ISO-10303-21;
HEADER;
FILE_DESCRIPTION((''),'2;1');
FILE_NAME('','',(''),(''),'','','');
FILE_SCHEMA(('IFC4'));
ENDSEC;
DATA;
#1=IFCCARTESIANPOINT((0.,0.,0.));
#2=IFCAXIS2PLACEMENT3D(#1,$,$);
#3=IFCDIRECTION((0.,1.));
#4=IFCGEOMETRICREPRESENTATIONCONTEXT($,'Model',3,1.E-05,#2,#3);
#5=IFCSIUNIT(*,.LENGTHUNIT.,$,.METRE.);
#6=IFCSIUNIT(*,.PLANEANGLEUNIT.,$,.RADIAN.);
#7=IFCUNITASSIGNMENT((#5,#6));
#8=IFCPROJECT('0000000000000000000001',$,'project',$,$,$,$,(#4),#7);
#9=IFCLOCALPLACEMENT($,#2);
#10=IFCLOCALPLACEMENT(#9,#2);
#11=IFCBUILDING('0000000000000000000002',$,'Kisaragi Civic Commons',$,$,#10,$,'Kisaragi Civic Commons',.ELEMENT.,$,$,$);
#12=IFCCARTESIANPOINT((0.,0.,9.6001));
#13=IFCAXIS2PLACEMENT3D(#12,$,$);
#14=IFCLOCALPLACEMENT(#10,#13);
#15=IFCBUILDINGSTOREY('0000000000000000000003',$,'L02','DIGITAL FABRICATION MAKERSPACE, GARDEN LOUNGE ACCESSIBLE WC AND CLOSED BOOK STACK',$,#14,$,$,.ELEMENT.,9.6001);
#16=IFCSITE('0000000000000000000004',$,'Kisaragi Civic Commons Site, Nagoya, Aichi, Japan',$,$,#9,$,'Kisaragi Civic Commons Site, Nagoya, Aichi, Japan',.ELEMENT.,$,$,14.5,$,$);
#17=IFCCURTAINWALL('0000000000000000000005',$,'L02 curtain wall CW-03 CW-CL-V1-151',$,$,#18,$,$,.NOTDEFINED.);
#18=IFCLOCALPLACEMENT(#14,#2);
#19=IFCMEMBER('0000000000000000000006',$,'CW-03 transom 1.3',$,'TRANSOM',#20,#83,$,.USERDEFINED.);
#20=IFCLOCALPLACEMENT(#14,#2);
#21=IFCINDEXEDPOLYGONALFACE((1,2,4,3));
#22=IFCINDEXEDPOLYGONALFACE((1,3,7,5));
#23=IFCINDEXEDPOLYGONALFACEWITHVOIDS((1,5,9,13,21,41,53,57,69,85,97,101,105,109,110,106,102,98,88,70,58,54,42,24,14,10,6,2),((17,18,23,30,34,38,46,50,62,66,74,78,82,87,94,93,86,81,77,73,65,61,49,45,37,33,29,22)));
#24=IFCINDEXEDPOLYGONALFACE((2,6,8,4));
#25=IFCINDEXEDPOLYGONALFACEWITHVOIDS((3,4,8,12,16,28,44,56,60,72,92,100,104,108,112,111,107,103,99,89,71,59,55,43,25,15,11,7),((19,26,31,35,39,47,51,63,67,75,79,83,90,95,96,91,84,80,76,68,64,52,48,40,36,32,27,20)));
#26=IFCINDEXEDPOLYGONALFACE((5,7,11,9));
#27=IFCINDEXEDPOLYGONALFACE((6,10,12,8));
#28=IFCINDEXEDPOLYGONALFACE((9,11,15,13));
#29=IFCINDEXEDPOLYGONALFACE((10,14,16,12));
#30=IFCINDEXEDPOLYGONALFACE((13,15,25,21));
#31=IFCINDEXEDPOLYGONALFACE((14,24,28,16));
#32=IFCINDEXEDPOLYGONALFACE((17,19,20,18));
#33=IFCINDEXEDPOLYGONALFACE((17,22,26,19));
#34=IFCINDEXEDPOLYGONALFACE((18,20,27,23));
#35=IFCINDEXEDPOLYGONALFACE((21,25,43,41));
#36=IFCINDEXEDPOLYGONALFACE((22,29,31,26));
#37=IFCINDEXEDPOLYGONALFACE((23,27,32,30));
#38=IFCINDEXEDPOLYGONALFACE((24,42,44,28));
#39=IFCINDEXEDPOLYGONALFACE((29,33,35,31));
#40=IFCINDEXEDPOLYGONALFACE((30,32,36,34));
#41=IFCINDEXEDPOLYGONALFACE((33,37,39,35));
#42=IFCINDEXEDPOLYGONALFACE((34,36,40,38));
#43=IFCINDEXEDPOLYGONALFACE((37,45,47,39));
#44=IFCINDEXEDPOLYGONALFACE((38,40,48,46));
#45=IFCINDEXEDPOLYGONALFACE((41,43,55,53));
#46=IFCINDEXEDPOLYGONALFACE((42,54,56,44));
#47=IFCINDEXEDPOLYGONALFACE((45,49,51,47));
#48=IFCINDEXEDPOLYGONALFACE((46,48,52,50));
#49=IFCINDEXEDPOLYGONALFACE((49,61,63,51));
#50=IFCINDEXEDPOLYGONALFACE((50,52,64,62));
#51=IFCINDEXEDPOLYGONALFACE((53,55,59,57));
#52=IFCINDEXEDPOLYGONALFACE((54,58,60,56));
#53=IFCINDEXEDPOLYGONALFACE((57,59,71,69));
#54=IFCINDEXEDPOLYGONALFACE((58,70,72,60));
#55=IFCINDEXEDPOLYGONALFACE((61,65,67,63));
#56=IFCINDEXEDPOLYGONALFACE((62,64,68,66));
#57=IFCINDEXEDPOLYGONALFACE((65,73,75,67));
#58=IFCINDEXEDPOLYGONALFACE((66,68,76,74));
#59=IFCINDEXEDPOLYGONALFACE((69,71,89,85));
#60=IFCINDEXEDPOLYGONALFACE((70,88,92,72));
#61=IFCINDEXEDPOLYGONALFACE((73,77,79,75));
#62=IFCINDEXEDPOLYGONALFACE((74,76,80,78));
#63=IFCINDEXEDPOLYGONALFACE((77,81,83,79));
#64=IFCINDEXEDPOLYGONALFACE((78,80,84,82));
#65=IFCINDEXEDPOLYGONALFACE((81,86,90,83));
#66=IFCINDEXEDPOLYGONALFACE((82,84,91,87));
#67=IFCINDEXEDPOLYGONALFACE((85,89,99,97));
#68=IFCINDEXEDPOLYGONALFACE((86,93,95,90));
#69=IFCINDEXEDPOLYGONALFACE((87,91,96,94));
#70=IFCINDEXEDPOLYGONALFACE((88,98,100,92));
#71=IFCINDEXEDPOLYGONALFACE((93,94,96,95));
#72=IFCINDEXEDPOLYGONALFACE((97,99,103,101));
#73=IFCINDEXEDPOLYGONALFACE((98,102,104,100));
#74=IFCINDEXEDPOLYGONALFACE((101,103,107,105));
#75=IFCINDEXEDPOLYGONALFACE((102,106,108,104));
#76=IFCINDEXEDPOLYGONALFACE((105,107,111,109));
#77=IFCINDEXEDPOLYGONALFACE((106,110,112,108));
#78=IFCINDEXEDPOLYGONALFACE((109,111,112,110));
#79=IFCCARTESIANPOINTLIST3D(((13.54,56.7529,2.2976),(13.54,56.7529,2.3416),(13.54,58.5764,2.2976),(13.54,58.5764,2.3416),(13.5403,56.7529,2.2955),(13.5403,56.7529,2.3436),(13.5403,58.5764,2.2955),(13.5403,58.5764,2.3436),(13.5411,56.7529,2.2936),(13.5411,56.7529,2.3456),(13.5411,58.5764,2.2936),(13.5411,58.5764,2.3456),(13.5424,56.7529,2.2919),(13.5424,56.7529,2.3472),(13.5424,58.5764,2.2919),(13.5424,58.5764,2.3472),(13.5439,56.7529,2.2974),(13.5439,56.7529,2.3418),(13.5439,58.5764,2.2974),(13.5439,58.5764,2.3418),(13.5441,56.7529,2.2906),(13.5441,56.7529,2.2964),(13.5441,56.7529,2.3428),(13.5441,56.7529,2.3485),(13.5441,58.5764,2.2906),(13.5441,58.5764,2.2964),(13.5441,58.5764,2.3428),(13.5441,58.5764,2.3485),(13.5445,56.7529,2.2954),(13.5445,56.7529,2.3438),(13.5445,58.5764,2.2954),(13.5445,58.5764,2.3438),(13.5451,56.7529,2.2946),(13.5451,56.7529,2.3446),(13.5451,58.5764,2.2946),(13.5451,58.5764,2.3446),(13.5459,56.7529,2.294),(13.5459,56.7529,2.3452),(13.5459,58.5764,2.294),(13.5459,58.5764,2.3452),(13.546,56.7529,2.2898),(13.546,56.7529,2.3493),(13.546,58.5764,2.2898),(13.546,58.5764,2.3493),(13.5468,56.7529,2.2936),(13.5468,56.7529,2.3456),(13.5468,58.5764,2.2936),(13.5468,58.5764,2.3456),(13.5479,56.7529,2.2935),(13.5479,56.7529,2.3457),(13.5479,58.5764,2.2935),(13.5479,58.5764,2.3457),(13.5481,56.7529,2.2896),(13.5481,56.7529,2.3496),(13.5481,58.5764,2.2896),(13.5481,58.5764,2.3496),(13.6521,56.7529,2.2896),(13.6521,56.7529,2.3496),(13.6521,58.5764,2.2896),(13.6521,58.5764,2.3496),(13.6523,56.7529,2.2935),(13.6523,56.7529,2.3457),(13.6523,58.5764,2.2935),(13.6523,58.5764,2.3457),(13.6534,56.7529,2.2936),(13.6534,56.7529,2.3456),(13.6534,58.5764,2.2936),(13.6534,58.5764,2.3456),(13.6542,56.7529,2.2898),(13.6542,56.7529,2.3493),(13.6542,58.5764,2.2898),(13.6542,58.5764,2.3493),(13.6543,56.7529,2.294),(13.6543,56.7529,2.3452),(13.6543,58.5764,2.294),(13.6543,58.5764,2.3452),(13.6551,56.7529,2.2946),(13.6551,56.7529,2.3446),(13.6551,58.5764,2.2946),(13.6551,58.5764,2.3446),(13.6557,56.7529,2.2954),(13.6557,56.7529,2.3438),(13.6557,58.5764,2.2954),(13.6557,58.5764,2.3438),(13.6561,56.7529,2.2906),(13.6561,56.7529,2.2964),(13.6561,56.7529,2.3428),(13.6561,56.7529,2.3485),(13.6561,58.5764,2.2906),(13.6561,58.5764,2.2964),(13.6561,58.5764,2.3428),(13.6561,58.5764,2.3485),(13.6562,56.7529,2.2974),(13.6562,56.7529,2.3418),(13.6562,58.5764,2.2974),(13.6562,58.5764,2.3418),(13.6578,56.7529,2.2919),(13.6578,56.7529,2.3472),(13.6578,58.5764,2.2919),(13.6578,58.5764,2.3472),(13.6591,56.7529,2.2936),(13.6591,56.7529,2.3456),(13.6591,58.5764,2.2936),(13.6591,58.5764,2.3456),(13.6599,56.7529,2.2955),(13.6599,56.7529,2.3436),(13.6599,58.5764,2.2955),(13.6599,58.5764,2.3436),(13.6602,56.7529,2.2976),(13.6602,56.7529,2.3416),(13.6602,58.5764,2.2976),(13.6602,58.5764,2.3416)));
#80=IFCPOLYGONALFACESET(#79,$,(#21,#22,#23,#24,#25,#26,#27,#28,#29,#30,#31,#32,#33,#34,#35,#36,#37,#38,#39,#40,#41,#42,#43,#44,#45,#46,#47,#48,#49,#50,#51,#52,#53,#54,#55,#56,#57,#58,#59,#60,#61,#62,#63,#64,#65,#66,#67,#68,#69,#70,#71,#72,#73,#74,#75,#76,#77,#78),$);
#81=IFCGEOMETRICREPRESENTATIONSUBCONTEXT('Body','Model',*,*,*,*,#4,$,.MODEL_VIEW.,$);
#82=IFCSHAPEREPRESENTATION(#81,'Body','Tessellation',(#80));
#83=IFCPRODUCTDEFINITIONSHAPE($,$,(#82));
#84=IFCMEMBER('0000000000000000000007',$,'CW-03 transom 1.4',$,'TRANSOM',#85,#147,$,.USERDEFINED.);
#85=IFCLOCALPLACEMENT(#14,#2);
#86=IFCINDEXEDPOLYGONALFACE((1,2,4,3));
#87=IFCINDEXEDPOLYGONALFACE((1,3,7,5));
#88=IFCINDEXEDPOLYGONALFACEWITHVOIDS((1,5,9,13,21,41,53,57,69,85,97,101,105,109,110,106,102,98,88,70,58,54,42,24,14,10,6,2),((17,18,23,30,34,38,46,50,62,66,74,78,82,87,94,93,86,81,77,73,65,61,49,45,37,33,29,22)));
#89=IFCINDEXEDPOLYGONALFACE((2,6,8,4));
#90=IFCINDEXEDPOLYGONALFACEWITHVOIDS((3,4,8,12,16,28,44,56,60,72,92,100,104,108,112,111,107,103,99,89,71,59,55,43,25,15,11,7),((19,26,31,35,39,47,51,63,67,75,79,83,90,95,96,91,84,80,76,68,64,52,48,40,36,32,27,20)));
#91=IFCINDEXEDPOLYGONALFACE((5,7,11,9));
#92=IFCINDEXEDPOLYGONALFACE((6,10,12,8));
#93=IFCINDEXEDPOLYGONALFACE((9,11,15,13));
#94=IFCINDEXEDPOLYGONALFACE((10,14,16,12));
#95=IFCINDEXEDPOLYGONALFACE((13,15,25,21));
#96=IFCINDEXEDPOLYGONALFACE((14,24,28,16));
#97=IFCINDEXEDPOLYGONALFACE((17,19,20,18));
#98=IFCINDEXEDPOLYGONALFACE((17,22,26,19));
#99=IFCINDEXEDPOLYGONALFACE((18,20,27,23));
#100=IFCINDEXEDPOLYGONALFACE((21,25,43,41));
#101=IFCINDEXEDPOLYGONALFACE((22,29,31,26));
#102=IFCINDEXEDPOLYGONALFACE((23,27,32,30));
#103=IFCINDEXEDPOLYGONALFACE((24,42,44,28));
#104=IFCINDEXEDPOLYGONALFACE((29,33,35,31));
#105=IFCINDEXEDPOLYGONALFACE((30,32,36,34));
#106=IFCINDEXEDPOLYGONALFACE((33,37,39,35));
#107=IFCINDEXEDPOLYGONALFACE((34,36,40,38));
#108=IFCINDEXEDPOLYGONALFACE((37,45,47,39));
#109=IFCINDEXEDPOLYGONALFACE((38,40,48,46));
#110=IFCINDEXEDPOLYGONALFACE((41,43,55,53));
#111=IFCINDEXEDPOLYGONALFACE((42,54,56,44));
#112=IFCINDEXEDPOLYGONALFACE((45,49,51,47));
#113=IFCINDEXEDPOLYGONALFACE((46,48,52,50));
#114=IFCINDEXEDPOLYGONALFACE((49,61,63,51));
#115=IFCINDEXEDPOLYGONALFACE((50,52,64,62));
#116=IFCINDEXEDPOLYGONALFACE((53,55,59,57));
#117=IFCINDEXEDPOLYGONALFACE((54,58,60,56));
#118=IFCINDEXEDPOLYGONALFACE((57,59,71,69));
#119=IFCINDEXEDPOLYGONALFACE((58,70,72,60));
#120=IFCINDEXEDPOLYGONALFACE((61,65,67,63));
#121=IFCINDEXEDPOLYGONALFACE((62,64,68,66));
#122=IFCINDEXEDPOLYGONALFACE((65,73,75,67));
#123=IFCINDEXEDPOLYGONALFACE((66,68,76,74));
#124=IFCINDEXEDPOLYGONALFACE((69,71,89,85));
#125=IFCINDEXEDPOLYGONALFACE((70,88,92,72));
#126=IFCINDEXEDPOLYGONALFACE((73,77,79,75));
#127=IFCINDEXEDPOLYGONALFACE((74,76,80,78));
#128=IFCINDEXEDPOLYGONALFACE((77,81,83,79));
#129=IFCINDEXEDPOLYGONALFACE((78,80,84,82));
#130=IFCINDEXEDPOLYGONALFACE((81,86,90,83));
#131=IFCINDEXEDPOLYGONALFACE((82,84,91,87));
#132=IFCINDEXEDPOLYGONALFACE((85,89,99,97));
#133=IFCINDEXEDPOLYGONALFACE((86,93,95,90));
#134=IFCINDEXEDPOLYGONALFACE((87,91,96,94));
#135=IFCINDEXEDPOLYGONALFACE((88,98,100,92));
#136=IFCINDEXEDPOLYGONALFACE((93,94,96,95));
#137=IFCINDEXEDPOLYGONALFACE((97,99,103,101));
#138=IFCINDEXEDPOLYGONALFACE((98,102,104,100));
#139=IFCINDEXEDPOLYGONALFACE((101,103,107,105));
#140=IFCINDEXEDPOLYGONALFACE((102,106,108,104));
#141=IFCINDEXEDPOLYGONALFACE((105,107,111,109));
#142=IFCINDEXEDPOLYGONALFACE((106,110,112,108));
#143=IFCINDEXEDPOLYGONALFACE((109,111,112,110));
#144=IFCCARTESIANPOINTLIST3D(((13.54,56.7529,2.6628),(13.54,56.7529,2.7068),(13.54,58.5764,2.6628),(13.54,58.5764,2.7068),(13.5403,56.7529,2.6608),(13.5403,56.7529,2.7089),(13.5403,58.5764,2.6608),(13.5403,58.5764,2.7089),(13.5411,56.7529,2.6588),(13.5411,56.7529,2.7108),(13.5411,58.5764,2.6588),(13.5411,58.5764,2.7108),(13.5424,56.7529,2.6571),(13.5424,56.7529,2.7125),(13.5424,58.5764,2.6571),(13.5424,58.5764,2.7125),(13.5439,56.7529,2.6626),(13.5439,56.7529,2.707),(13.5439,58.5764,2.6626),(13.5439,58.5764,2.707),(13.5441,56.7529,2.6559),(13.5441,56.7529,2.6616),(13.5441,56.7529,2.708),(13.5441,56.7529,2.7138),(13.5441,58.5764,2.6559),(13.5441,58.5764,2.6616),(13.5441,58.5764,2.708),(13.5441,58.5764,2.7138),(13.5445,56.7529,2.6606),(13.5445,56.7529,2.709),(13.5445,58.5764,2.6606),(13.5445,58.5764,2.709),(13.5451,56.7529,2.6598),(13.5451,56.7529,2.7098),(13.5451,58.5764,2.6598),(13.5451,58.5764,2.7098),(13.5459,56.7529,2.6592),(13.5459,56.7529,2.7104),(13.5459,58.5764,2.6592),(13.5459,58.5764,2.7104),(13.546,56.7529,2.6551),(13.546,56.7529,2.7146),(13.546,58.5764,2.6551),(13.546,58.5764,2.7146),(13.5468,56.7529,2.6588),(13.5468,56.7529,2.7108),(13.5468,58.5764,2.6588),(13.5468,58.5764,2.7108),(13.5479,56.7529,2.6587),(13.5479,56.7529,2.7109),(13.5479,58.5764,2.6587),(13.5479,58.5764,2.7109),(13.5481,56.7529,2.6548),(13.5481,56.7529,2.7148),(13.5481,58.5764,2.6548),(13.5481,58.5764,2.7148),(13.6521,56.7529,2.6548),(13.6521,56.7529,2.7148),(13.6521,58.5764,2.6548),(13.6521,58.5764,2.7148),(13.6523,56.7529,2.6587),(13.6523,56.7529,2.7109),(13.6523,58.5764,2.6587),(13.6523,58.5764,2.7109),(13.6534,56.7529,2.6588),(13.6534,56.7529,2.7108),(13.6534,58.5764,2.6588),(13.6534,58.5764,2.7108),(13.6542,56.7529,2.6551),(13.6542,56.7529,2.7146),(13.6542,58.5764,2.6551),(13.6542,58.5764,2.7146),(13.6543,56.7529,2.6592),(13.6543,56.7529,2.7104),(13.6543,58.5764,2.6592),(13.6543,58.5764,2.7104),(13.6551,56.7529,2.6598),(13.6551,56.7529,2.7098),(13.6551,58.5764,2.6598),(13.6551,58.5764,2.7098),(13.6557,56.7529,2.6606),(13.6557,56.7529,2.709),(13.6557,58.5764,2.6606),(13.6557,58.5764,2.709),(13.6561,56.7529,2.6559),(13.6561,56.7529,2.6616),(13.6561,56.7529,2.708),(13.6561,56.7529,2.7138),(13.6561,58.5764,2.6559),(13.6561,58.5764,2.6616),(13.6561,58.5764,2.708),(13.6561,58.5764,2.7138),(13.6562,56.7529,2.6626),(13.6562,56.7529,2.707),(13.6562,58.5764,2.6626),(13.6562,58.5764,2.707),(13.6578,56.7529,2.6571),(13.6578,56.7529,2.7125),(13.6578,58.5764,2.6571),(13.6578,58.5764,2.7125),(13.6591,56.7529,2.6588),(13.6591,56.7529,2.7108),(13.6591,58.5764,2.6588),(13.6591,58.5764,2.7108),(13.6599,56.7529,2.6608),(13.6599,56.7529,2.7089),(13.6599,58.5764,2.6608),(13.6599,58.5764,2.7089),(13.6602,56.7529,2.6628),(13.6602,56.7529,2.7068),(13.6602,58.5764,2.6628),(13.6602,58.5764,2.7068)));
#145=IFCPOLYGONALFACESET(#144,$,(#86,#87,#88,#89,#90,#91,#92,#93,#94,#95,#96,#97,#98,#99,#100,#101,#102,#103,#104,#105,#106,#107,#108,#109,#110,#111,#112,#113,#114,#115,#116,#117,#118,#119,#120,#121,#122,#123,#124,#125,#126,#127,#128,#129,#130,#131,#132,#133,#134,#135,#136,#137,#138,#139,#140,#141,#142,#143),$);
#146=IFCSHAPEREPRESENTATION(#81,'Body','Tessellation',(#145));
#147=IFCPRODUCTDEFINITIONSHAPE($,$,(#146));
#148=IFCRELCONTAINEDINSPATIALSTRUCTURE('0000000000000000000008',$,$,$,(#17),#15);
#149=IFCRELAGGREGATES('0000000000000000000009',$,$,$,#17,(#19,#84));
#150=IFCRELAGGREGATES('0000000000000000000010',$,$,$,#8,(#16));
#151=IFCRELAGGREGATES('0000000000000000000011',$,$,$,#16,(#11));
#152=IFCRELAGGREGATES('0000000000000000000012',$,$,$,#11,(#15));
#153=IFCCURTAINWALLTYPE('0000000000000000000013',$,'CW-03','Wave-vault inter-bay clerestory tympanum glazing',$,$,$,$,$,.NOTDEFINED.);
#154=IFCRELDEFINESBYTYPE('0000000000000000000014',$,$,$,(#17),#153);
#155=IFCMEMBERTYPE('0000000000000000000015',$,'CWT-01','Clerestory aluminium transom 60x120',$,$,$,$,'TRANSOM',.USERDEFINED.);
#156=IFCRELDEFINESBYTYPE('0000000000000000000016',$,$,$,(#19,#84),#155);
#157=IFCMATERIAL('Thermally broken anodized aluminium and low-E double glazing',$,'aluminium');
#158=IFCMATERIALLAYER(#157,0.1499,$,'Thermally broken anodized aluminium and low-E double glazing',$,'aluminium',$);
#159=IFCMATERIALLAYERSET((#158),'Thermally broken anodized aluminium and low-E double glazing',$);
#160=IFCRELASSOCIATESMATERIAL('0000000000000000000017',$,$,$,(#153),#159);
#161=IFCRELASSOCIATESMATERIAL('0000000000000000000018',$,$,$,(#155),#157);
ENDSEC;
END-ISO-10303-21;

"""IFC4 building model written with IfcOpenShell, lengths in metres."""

from ifc_helpers import new_model, si_unit, direction, frame, origin, origin_2d, place, context, subcontext, project, spatial, hollow_rectangle, extrude, material, layer, layer_set, material_profile, profile_set, type_object, element, aggregate, save


model = new_model("IFC4")

# Units and contexts
model_context = context("Model", 3, precision=1e-05, world=origin(), true_north=direction((0.0, 1.0)))
body_context = subcontext(model_context, "Body", "Model", "MODEL_VIEW")
ifc_project = project(units=[si_unit("LENGTHUNIT", "METRE"), si_unit("PLANEANGLEUNIT", "RADIAN")], contexts=[model_context])

# Site, building, storey
site_placement = place(None, origin())
site = spatial("IfcSite", under=ifc_project, at=site_placement, Name="Kisaragi Civic Commons Site, Nagoya, Aichi, Japan", LongName="Kisaragi Civic Commons Site, Nagoya, Aichi, Japan", CompositionType="ELEMENT", RefElevation=14.5)
building_placement = place(site_placement, origin())
building = spatial("IfcBuilding", under=site, at=building_placement, Name="Kisaragi Civic Commons", LongName="Kisaragi Civic Commons", CompositionType="ELEMENT")
storey_placement = place(building_placement, frame((0.0, 0.0, 9.6001)))
storey = spatial("IfcBuildingStorey", under=building, at=storey_placement, Name="L02", Description="DIGITAL FABRICATION MAKERSPACE, GARDEN LOUNGE ACCESSIBLE WC AND CLOSED BOOK STACK", CompositionType="ELEMENT", Elevation=9.6001)

# Curtain wall
ifc_material_1 = material(Name="Thermally broken anodized aluminium and low-E double glazing", Category="aluminium")
ifc_layer_1 = layer(ifc_material_1, 0.1499, Name="Thermally broken anodized aluminium and low-E double glazing", Category="aluminium")
ifc_layer_set_1 = layer_set([ifc_layer_1], Name="Thermally broken anodized aluminium and low-E double glazing")
curtain_wall_type = type_object("IfcCurtainWallType", Name="CW-03", Description="Wave-vault inter-bay clerestory tympanum glazing", PredefinedType="NOTDEFINED", material=ifc_layer_set_1)
curtain_wall_1_placement = place(storey_placement, origin())
curtain_wall_1 = element("IfcCurtainWall", 1, at=curtain_wall_1_placement, inside=storey, type_object=curtain_wall_type, Name="L02 curtain wall CW-03 CW-CL-V1-151", PredefinedType="NOTDEFINED")

# Members
ifc_material_profile_1 = material_profile(ifc_material_1, hollow_rectangle(XDim=0.1201, YDim=0.0601, WallThickness=0.0039, InnerFilletRadius=0.0039, OuterFilletRadius=0.0081, at=origin_2d()), Name="CWT-60x120x4", Category="aluminium")
ifc_profile_set_1 = profile_set([ifc_material_profile_1], Name="Thermally broken anodized aluminium and low-E double glazing")
member_type_1 = type_object("IfcMemberType", Name="CWT-01", Description="Clerestory aluminium transom 60x120", ElementType="TRANSOM", PredefinedType="USERDEFINED", material=ifc_profile_set_1)
member_1_placement = place(storey_placement, frame((13.6001, 56.7529, 2.3196), z_axis=(0.0, 1.0, 0.0), x_axis=(-1.0, 0.0, 0.0)))
member_1 = element("IfcMember", 2, at=member_1_placement, type_object=member_type_1, Name="CW-03 transom 1.3", ObjectType="TRANSOM", PredefinedType="USERDEFINED", context=body_context, shape_type="SweptSolid", body=[
    extrude(hollow_rectangle(XDim=0.1201, YDim=0.0601, WallThickness=0.0039, InnerFilletRadius=0.0039, OuterFilletRadius=0.0081, at=origin_2d()), origin(), (0.0, 0.0, 1.0), 1.8235),
])
member_2_placement = place(storey_placement, frame((13.6001, 56.7529, 2.6848), z_axis=(0.0, 1.0, 0.0), x_axis=(-1.0, 0.0, 0.0)))
member_2 = element("IfcMember", 3, at=member_2_placement, type_object=member_type_1, Name="CW-03 transom 1.4", ObjectType="TRANSOM", PredefinedType="USERDEFINED", context=body_context, shape_type="SweptSolid", body=[
    extrude(hollow_rectangle(XDim=0.1201, YDim=0.0601, WallThickness=0.0039, InnerFilletRadius=0.0039, OuterFilletRadius=0.0081, at=origin_2d()), origin(), (0.0, 0.0, 1.0), 1.8235),
])

aggregate(curtain_wall_1, [member_1, member_2])

save(model, "model.ifc")
